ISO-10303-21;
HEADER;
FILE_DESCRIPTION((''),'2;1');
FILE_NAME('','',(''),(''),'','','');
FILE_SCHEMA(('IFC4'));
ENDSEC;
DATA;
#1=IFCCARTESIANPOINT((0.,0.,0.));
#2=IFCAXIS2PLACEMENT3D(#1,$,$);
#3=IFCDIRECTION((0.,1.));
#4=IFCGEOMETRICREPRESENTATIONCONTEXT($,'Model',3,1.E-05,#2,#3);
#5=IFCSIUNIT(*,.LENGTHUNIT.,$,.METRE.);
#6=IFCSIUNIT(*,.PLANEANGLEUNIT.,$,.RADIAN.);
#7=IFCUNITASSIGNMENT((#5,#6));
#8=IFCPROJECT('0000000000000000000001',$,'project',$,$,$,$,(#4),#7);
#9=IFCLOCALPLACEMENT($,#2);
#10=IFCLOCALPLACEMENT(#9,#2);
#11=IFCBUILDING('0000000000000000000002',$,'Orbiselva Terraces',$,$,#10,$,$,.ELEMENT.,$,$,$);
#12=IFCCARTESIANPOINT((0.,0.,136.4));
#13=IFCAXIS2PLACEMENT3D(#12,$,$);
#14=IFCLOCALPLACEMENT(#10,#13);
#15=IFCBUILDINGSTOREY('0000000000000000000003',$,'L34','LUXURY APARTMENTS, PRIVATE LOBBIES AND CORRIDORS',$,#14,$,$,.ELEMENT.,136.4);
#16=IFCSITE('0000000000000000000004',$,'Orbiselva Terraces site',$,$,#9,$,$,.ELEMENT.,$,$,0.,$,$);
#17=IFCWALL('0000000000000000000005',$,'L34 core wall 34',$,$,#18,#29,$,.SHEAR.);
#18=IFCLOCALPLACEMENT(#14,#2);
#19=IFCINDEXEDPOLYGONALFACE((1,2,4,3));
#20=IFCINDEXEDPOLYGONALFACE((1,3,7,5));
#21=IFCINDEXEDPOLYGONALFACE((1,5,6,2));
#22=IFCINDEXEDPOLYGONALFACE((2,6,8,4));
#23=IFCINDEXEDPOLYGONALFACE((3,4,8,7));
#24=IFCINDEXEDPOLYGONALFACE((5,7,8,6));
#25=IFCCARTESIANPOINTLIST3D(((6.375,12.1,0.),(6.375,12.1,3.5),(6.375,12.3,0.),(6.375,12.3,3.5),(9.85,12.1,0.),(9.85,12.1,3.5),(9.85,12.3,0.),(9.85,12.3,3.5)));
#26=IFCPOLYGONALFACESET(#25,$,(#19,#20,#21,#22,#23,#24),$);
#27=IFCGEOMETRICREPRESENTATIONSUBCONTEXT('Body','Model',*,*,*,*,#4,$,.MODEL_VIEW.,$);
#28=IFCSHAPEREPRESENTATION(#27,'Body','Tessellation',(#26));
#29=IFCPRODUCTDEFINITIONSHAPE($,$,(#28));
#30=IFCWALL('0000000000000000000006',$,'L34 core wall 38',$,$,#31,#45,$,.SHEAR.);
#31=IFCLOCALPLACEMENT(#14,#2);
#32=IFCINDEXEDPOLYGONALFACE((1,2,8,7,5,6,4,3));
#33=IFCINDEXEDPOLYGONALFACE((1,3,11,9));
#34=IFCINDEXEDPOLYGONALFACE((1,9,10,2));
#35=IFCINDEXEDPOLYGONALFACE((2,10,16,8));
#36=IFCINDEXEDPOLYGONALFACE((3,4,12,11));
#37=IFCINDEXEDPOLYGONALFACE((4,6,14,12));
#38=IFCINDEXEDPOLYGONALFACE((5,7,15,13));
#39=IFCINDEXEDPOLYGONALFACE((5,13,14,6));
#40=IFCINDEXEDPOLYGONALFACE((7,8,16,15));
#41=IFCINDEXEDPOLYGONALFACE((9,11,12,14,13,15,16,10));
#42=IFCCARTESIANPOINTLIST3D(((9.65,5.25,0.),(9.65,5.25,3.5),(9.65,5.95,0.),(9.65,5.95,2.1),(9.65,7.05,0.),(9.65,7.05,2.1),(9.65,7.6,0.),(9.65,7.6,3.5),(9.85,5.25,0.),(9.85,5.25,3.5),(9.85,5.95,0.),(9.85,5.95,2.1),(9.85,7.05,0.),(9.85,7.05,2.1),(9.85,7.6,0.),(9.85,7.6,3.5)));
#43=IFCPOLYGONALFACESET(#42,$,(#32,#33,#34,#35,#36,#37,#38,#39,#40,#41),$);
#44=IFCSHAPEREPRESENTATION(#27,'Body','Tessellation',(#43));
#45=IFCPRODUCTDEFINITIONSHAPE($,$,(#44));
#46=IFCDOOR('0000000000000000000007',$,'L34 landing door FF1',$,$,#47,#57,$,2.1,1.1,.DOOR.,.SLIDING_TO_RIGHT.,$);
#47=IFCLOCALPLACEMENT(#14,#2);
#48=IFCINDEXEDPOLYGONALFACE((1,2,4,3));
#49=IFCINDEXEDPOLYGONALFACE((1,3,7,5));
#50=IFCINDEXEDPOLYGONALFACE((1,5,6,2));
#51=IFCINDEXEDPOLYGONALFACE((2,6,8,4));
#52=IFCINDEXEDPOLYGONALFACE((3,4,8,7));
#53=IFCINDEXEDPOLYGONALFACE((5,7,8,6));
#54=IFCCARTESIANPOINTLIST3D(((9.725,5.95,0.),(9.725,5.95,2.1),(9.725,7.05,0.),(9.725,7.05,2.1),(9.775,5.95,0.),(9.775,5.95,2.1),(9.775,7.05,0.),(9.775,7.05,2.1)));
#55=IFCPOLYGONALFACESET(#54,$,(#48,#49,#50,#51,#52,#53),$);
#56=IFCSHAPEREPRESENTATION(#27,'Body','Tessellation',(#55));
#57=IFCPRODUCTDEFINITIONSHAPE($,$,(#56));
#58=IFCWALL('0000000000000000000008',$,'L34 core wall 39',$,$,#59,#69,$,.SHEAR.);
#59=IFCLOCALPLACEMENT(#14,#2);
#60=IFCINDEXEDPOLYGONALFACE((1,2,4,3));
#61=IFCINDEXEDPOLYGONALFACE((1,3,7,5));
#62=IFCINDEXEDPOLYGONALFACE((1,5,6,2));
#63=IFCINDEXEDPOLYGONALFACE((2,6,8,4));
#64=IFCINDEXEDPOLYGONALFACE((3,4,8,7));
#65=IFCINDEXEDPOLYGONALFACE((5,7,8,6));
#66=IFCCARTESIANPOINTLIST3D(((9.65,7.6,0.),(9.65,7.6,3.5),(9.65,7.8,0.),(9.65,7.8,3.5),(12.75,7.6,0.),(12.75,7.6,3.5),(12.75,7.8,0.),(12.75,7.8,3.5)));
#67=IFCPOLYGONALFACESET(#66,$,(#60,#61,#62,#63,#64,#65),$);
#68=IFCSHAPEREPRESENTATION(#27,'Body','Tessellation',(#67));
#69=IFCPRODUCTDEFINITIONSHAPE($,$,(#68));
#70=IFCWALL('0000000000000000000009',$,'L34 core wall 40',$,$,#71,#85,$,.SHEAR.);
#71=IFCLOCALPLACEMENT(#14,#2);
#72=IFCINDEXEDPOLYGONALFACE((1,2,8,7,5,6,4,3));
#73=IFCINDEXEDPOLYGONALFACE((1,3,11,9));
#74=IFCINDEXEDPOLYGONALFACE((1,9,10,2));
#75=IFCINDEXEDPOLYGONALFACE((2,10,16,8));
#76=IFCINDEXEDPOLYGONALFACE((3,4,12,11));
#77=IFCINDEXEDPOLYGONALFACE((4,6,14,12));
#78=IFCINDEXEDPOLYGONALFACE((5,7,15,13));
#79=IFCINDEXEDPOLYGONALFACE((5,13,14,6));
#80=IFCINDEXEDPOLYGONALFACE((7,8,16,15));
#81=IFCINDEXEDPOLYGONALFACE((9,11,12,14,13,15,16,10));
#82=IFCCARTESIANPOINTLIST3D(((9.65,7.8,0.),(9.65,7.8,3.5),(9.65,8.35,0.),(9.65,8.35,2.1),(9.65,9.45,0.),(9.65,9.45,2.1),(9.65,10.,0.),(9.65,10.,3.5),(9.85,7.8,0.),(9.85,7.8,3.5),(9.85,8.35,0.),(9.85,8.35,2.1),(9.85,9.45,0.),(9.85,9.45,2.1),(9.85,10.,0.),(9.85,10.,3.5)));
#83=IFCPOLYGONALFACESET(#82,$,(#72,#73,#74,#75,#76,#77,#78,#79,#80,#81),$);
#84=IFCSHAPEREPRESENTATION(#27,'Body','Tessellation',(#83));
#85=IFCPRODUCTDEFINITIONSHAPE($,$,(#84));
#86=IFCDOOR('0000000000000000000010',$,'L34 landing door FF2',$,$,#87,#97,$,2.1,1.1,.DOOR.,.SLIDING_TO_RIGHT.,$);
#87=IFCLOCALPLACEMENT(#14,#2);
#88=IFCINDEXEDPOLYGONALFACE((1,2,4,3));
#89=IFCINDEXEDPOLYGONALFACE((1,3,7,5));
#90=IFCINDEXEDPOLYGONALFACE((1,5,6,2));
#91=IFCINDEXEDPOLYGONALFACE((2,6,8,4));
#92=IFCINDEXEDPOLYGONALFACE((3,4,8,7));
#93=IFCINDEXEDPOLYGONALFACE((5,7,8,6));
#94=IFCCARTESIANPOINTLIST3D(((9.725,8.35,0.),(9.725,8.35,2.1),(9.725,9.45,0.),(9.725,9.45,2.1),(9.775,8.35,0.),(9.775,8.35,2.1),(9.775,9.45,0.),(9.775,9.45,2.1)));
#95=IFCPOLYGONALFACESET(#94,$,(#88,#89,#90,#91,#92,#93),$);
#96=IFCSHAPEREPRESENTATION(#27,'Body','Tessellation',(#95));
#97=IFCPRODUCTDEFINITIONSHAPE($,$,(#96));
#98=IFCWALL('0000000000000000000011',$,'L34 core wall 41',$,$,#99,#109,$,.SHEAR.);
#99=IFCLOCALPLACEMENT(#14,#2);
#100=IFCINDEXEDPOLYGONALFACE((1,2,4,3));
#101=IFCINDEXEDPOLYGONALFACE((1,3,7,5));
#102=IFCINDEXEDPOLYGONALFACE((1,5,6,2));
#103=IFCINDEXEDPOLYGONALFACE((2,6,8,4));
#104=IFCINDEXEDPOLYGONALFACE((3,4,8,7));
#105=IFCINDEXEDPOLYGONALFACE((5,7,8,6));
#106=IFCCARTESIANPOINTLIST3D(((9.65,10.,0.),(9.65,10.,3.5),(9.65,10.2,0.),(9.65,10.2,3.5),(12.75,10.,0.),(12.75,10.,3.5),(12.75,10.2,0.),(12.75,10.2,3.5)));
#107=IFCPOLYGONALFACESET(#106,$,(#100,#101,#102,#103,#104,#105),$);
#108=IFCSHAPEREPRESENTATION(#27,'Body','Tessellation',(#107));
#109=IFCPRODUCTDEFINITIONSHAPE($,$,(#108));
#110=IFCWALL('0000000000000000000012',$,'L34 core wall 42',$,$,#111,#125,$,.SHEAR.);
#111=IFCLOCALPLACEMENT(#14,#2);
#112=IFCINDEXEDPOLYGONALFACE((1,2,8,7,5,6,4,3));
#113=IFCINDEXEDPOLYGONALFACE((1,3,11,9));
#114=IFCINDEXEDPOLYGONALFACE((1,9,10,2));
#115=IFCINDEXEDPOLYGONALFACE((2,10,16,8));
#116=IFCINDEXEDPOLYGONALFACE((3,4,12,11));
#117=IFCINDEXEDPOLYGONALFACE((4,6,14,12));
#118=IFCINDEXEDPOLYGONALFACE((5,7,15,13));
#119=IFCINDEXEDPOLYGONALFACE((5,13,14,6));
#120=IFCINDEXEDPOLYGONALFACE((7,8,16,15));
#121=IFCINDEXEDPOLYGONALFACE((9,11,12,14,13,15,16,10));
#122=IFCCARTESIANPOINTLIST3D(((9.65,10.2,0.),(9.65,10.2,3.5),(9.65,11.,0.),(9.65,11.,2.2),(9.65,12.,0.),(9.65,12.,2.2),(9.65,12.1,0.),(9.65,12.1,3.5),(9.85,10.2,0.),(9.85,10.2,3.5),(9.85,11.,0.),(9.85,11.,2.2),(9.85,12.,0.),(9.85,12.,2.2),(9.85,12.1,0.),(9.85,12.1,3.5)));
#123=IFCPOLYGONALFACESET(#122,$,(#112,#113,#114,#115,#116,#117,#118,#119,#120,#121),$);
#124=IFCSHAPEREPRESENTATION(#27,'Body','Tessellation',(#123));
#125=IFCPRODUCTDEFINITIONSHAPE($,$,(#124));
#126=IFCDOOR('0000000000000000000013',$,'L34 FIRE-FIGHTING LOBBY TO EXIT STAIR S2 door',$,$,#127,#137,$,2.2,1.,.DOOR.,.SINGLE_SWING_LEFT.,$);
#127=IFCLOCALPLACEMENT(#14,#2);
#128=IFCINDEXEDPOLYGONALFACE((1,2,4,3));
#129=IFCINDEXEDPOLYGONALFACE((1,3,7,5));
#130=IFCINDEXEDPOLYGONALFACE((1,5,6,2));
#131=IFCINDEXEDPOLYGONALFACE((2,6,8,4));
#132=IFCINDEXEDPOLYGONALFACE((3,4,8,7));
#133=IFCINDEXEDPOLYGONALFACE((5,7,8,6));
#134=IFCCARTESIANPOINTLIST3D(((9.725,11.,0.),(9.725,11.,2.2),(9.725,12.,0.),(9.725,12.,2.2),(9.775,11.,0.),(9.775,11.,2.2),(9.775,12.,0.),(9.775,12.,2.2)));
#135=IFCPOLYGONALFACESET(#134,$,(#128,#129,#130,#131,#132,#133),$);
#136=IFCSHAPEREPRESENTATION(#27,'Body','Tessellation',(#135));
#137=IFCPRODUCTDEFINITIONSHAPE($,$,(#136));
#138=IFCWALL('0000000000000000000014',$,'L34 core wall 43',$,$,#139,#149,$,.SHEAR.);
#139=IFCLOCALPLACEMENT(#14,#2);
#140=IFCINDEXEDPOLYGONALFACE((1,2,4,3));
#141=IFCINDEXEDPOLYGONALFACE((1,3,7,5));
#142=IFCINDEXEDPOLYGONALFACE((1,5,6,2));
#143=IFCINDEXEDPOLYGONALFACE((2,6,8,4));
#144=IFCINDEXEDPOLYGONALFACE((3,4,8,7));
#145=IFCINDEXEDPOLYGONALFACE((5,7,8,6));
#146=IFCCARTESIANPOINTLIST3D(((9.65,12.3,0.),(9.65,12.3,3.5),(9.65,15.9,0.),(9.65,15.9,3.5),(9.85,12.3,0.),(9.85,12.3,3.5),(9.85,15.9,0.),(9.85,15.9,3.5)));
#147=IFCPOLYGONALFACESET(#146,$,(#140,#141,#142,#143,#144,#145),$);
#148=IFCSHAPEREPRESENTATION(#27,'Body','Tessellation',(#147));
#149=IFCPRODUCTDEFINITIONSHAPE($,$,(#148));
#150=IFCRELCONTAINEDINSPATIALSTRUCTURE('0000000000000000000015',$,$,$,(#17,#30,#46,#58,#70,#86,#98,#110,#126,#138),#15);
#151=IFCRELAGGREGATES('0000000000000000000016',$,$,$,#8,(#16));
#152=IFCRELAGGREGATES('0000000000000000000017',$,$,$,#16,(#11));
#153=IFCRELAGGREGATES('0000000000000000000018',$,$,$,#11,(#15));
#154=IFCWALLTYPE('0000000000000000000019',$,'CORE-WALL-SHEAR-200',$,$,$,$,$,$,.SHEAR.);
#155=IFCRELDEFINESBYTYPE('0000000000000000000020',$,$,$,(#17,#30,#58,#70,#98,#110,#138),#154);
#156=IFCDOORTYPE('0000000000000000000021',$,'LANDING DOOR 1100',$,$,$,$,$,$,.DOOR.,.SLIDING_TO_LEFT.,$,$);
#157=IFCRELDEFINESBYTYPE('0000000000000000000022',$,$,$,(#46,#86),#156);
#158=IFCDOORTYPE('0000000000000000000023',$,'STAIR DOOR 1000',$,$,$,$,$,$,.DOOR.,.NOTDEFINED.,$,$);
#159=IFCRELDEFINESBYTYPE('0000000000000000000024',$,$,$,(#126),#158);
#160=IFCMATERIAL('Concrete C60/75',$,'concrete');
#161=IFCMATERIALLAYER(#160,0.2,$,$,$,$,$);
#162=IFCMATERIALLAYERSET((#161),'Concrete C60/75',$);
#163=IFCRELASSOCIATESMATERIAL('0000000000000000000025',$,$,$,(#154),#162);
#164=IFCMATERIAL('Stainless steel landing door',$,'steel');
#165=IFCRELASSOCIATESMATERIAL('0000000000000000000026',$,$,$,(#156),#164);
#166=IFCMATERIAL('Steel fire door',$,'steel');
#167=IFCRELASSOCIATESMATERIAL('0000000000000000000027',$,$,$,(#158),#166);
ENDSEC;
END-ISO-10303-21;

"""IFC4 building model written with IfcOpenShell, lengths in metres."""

from ifc_helpers import new_model, si_unit, direction, frame, frame_2d, origin, place, context, subcontext, project, spatial, rectangle, extrude, material, layer, layer_set, type_object, element, fill, save


model = new_model("IFC4")

# Units and contexts
model_context = context("Model", 3, precision=1e-05, world=origin(), true_north=direction((0.0, 1.0)))
body_context = subcontext(model_context, "Body", "Model", "MODEL_VIEW")
ifc_project = project(units=[si_unit("LENGTHUNIT", "METRE"), si_unit("PLANEANGLEUNIT", "RADIAN")], contexts=[model_context])

# Site, building, storey
site_placement = place(None, origin())
site = spatial("IfcSite", under=ifc_project, at=site_placement, Name="Orbiselva Terraces site", CompositionType="ELEMENT", RefElevation=0.0)
building_placement = place(site_placement, origin())
building = spatial("IfcBuilding", under=site, at=building_placement, Name="Orbiselva Terraces", CompositionType="ELEMENT")
storey_placement = place(building_placement, frame((0.0, 0.0, 136.4)))
storey = spatial("IfcBuildingStorey", under=building, at=storey_placement, Name="L34", Description="LUXURY APARTMENTS, PRIVATE LOBBIES AND CORRIDORS", CompositionType="ELEMENT", Elevation=136.4)

# Shared definitions
ifc_material_1 = material(Name="Steel fire door", Category="steel")

# Shared definitions
ifc_material_2 = material(Name="Concrete C60/75", Category="concrete")
ifc_layer_1 = layer(ifc_material_2, 0.2)
ifc_layer_set_1 = layer_set([ifc_layer_1], Name="Concrete C60/75")
wall_type_1 = type_object("IfcWallType", Name="CORE-WALL-SHEAR-200", PredefinedType="SHEAR", material=ifc_layer_set_1)

# Wall
wall_1_placement = place(storey_placement, frame((6.375, 12.2, 0.0), z_axis=(0.0, 0.0, 1.0), x_axis=(1.0, 0.0, 0.0)))
element("IfcWall", 1, at=wall_1_placement, inside=storey, type_object=wall_type_1, Name="L34 core wall 34", PredefinedType="SHEAR", context=body_context, shape_type="SweptSolid", body=[
    extrude(rectangle(XDim=3.475, YDim=0.2, at=frame_2d((1.7375, 0.0))), origin(), (0.0, 0.0, 1.0), 3.5),
])

# Wall, opening, door
wall_2_placement = place(storey_placement, frame((9.75, 5.25, 0.0), z_axis=(0.0, 0.0, 1.0), x_axis=(0.0, 1.0, 0.0)))
wall_2 = element("IfcWall", 2, at=wall_2_placement, inside=storey, type_object=wall_type_1, Name="L34 core wall 38", PredefinedType="SHEAR", context=body_context, shape_type="SweptSolid", body=[
    extrude(rectangle(XDim=2.35, YDim=0.2, at=frame_2d((1.175, 0.0))), origin(), (0.0, 0.0, 1.0), 3.5),
])
opening_1_placement = place(wall_2_placement, frame((0.7, 0.0, 0.0)))
opening_1 = element("IfcOpeningElement", 3, at=opening_1_placement, cuts=wall_2, PredefinedType="OPENING", context=body_context, shape_type="SweptSolid", body=[
    extrude(rectangle(XDim=1.1, YDim=2.1, at=frame_2d((0.55, 1.05))), frame((0.0, 0.11, 0.0), z_axis=(0.0, -1.0, 0.0), x_axis=(1.0, 0.0, 0.0)), (0.0, 0.0, 1.0), 0.22),
])
ifc_material_3 = material(Name="Stainless steel landing door", Category="steel")
door_type_1 = type_object("IfcDoorType", Name="LANDING DOOR 1100", OperationType="SLIDING_TO_LEFT", PredefinedType="DOOR", material=ifc_material_3)
door_1_placement = place(opening_1_placement, origin())
door_1 = element("IfcDoor", 4, at=door_1_placement, inside=storey, type_object=door_type_1, Name="L34 landing door FF1", OperationType="SLIDING_TO_RIGHT", OverallHeight=2.1, OverallWidth=1.1, PredefinedType="DOOR", context=body_context, shape_type="SweptSolid", body=[
    extrude(rectangle(XDim=1.1, YDim=2.1, at=frame_2d((0.55, 1.05))), frame((0.0, 0.025, 0.0), z_axis=(0.0, -1.0, 0.0), x_axis=(1.0, 0.0, 0.0)), (0.0, 0.0, 1.0), 0.05),
])
fill(opening_1, door_1)

# Wall
wall_3_placement = place(storey_placement, frame((9.65, 7.7, 0.0), z_axis=(0.0, 0.0, 1.0), x_axis=(1.0, 0.0, 0.0)))
element("IfcWall", 5, at=wall_3_placement, inside=storey, type_object=wall_type_1, Name="L34 core wall 39", PredefinedType="SHEAR", context=body_context, shape_type="SweptSolid", body=[
    extrude(rectangle(XDim=3.1, YDim=0.2, at=frame_2d((1.55, 0.0))), origin(), (0.0, 0.0, 1.0), 3.5),
])

# Wall, opening, door
wall_4_placement = place(storey_placement, frame((9.75, 7.8, 0.0), z_axis=(0.0, 0.0, 1.0), x_axis=(0.0, 1.0, 0.0)))
wall_4 = element("IfcWall", 6, at=wall_4_placement, inside=storey, type_object=wall_type_1, Name="L34 core wall 40", PredefinedType="SHEAR", context=body_context, shape_type="SweptSolid", body=[
    extrude(rectangle(XDim=2.2, YDim=0.2, at=frame_2d((1.1, 0.0))), origin(), (0.0, 0.0, 1.0), 3.5),
])
opening_2_placement = place(wall_4_placement, frame((0.55, 0.0, 0.0)))
opening_2 = element("IfcOpeningElement", 7, at=opening_2_placement, cuts=wall_4, PredefinedType="OPENING", context=body_context, shape_type="SweptSolid", body=[
    extrude(rectangle(XDim=1.1, YDim=2.1, at=frame_2d((0.55, 1.05))), frame((0.0, 0.11, 0.0), z_axis=(0.0, -1.0, 0.0), x_axis=(1.0, 0.0, 0.0)), (0.0, 0.0, 1.0), 0.22),
])
door_2_placement = place(opening_2_placement, origin())
door_2 = element("IfcDoor", 8, at=door_2_placement, inside=storey, type_object=door_type_1, Name="L34 landing door FF2", OperationType="SLIDING_TO_RIGHT", OverallHeight=2.1, OverallWidth=1.1, PredefinedType="DOOR", context=body_context, shape_type="SweptSolid", body=[
    extrude(rectangle(XDim=1.1, YDim=2.1, at=frame_2d((0.55, 1.05))), frame((0.0, 0.025, 0.0), z_axis=(0.0, -1.0, 0.0), x_axis=(1.0, 0.0, 0.0)), (0.0, 0.0, 1.0), 0.05),
])
fill(opening_2, door_2)

# Wall
wall_5_placement = place(storey_placement, frame((9.65, 10.1, 0.0), z_axis=(0.0, 0.0, 1.0), x_axis=(1.0, 0.0, 0.0)))
element("IfcWall", 9, at=wall_5_placement, inside=storey, type_object=wall_type_1, Name="L34 core wall 41", PredefinedType="SHEAR", context=body_context, shape_type="SweptSolid", body=[
    extrude(rectangle(XDim=3.1, YDim=0.2, at=frame_2d((1.55, 0.0))), origin(), (0.0, 0.0, 1.0), 3.5),
])

# Wall, opening, door
wall_6_placement = place(storey_placement, frame((9.75, 12.1, 0.0), z_axis=(0.0, 0.0, 1.0), x_axis=(0.0, -1.0, 0.0)))
wall_6 = element("IfcWall", 10, at=wall_6_placement, inside=storey, type_object=wall_type_1, Name="L34 core wall 42", PredefinedType="SHEAR", context=body_context, shape_type="SweptSolid", body=[
    extrude(rectangle(XDim=1.9, YDim=0.2, at=frame_2d((0.95, 0.0))), origin(), (0.0, 0.0, 1.0), 3.5),
])
opening_3_placement = place(wall_6_placement, frame((0.1, 0.0, 0.0)))
opening_3 = element("IfcOpeningElement", 11, at=opening_3_placement, cuts=wall_6, PredefinedType="OPENING", context=body_context, shape_type="SweptSolid", body=[
    extrude(rectangle(XDim=1.0, YDim=2.2, at=frame_2d((0.5, 1.1))), frame((0.0, 0.11, 0.0), z_axis=(0.0, -1.0, 0.0), x_axis=(1.0, 0.0, 0.0)), (0.0, 0.0, 1.0), 0.22),
])
door_type_2 = type_object("IfcDoorType", Name="STAIR DOOR 1000", OperationType="NOTDEFINED", PredefinedType="DOOR", material=ifc_material_1)
door_3_placement = place(opening_3_placement, origin())
door_3 = element("IfcDoor", 12, at=door_3_placement, inside=storey, type_object=door_type_2, Name="L34 FIRE-FIGHTING LOBBY TO EXIT STAIR S2 door", OperationType="SINGLE_SWING_LEFT", OverallHeight=2.2, OverallWidth=1.0, PredefinedType="DOOR", context=body_context, shape_type="SweptSolid", body=[
    extrude(rectangle(XDim=1.0, YDim=2.2, at=frame_2d((0.5, 1.1))), frame((0.0, 0.025, 0.0), z_axis=(0.0, -1.0, 0.0), x_axis=(1.0, 0.0, 0.0)), (0.0, 0.0, 1.0), 0.05),
])
fill(opening_3, door_3)

# Wall
wall_7_placement = place(storey_placement, frame((9.75, 12.3, 0.0), z_axis=(0.0, 0.0, 1.0), x_axis=(0.0, 1.0, 0.0)))
element("IfcWall", 13, at=wall_7_placement, inside=storey, type_object=wall_type_1, Name="L34 core wall 43", PredefinedType="SHEAR", context=body_context, shape_type="SweptSolid", body=[
    extrude(rectangle(XDim=3.6, YDim=0.2, at=frame_2d((1.8, 0.0))), origin(), (0.0, 0.0, 1.0), 3.5),
])

save(model, "model.ifc")
